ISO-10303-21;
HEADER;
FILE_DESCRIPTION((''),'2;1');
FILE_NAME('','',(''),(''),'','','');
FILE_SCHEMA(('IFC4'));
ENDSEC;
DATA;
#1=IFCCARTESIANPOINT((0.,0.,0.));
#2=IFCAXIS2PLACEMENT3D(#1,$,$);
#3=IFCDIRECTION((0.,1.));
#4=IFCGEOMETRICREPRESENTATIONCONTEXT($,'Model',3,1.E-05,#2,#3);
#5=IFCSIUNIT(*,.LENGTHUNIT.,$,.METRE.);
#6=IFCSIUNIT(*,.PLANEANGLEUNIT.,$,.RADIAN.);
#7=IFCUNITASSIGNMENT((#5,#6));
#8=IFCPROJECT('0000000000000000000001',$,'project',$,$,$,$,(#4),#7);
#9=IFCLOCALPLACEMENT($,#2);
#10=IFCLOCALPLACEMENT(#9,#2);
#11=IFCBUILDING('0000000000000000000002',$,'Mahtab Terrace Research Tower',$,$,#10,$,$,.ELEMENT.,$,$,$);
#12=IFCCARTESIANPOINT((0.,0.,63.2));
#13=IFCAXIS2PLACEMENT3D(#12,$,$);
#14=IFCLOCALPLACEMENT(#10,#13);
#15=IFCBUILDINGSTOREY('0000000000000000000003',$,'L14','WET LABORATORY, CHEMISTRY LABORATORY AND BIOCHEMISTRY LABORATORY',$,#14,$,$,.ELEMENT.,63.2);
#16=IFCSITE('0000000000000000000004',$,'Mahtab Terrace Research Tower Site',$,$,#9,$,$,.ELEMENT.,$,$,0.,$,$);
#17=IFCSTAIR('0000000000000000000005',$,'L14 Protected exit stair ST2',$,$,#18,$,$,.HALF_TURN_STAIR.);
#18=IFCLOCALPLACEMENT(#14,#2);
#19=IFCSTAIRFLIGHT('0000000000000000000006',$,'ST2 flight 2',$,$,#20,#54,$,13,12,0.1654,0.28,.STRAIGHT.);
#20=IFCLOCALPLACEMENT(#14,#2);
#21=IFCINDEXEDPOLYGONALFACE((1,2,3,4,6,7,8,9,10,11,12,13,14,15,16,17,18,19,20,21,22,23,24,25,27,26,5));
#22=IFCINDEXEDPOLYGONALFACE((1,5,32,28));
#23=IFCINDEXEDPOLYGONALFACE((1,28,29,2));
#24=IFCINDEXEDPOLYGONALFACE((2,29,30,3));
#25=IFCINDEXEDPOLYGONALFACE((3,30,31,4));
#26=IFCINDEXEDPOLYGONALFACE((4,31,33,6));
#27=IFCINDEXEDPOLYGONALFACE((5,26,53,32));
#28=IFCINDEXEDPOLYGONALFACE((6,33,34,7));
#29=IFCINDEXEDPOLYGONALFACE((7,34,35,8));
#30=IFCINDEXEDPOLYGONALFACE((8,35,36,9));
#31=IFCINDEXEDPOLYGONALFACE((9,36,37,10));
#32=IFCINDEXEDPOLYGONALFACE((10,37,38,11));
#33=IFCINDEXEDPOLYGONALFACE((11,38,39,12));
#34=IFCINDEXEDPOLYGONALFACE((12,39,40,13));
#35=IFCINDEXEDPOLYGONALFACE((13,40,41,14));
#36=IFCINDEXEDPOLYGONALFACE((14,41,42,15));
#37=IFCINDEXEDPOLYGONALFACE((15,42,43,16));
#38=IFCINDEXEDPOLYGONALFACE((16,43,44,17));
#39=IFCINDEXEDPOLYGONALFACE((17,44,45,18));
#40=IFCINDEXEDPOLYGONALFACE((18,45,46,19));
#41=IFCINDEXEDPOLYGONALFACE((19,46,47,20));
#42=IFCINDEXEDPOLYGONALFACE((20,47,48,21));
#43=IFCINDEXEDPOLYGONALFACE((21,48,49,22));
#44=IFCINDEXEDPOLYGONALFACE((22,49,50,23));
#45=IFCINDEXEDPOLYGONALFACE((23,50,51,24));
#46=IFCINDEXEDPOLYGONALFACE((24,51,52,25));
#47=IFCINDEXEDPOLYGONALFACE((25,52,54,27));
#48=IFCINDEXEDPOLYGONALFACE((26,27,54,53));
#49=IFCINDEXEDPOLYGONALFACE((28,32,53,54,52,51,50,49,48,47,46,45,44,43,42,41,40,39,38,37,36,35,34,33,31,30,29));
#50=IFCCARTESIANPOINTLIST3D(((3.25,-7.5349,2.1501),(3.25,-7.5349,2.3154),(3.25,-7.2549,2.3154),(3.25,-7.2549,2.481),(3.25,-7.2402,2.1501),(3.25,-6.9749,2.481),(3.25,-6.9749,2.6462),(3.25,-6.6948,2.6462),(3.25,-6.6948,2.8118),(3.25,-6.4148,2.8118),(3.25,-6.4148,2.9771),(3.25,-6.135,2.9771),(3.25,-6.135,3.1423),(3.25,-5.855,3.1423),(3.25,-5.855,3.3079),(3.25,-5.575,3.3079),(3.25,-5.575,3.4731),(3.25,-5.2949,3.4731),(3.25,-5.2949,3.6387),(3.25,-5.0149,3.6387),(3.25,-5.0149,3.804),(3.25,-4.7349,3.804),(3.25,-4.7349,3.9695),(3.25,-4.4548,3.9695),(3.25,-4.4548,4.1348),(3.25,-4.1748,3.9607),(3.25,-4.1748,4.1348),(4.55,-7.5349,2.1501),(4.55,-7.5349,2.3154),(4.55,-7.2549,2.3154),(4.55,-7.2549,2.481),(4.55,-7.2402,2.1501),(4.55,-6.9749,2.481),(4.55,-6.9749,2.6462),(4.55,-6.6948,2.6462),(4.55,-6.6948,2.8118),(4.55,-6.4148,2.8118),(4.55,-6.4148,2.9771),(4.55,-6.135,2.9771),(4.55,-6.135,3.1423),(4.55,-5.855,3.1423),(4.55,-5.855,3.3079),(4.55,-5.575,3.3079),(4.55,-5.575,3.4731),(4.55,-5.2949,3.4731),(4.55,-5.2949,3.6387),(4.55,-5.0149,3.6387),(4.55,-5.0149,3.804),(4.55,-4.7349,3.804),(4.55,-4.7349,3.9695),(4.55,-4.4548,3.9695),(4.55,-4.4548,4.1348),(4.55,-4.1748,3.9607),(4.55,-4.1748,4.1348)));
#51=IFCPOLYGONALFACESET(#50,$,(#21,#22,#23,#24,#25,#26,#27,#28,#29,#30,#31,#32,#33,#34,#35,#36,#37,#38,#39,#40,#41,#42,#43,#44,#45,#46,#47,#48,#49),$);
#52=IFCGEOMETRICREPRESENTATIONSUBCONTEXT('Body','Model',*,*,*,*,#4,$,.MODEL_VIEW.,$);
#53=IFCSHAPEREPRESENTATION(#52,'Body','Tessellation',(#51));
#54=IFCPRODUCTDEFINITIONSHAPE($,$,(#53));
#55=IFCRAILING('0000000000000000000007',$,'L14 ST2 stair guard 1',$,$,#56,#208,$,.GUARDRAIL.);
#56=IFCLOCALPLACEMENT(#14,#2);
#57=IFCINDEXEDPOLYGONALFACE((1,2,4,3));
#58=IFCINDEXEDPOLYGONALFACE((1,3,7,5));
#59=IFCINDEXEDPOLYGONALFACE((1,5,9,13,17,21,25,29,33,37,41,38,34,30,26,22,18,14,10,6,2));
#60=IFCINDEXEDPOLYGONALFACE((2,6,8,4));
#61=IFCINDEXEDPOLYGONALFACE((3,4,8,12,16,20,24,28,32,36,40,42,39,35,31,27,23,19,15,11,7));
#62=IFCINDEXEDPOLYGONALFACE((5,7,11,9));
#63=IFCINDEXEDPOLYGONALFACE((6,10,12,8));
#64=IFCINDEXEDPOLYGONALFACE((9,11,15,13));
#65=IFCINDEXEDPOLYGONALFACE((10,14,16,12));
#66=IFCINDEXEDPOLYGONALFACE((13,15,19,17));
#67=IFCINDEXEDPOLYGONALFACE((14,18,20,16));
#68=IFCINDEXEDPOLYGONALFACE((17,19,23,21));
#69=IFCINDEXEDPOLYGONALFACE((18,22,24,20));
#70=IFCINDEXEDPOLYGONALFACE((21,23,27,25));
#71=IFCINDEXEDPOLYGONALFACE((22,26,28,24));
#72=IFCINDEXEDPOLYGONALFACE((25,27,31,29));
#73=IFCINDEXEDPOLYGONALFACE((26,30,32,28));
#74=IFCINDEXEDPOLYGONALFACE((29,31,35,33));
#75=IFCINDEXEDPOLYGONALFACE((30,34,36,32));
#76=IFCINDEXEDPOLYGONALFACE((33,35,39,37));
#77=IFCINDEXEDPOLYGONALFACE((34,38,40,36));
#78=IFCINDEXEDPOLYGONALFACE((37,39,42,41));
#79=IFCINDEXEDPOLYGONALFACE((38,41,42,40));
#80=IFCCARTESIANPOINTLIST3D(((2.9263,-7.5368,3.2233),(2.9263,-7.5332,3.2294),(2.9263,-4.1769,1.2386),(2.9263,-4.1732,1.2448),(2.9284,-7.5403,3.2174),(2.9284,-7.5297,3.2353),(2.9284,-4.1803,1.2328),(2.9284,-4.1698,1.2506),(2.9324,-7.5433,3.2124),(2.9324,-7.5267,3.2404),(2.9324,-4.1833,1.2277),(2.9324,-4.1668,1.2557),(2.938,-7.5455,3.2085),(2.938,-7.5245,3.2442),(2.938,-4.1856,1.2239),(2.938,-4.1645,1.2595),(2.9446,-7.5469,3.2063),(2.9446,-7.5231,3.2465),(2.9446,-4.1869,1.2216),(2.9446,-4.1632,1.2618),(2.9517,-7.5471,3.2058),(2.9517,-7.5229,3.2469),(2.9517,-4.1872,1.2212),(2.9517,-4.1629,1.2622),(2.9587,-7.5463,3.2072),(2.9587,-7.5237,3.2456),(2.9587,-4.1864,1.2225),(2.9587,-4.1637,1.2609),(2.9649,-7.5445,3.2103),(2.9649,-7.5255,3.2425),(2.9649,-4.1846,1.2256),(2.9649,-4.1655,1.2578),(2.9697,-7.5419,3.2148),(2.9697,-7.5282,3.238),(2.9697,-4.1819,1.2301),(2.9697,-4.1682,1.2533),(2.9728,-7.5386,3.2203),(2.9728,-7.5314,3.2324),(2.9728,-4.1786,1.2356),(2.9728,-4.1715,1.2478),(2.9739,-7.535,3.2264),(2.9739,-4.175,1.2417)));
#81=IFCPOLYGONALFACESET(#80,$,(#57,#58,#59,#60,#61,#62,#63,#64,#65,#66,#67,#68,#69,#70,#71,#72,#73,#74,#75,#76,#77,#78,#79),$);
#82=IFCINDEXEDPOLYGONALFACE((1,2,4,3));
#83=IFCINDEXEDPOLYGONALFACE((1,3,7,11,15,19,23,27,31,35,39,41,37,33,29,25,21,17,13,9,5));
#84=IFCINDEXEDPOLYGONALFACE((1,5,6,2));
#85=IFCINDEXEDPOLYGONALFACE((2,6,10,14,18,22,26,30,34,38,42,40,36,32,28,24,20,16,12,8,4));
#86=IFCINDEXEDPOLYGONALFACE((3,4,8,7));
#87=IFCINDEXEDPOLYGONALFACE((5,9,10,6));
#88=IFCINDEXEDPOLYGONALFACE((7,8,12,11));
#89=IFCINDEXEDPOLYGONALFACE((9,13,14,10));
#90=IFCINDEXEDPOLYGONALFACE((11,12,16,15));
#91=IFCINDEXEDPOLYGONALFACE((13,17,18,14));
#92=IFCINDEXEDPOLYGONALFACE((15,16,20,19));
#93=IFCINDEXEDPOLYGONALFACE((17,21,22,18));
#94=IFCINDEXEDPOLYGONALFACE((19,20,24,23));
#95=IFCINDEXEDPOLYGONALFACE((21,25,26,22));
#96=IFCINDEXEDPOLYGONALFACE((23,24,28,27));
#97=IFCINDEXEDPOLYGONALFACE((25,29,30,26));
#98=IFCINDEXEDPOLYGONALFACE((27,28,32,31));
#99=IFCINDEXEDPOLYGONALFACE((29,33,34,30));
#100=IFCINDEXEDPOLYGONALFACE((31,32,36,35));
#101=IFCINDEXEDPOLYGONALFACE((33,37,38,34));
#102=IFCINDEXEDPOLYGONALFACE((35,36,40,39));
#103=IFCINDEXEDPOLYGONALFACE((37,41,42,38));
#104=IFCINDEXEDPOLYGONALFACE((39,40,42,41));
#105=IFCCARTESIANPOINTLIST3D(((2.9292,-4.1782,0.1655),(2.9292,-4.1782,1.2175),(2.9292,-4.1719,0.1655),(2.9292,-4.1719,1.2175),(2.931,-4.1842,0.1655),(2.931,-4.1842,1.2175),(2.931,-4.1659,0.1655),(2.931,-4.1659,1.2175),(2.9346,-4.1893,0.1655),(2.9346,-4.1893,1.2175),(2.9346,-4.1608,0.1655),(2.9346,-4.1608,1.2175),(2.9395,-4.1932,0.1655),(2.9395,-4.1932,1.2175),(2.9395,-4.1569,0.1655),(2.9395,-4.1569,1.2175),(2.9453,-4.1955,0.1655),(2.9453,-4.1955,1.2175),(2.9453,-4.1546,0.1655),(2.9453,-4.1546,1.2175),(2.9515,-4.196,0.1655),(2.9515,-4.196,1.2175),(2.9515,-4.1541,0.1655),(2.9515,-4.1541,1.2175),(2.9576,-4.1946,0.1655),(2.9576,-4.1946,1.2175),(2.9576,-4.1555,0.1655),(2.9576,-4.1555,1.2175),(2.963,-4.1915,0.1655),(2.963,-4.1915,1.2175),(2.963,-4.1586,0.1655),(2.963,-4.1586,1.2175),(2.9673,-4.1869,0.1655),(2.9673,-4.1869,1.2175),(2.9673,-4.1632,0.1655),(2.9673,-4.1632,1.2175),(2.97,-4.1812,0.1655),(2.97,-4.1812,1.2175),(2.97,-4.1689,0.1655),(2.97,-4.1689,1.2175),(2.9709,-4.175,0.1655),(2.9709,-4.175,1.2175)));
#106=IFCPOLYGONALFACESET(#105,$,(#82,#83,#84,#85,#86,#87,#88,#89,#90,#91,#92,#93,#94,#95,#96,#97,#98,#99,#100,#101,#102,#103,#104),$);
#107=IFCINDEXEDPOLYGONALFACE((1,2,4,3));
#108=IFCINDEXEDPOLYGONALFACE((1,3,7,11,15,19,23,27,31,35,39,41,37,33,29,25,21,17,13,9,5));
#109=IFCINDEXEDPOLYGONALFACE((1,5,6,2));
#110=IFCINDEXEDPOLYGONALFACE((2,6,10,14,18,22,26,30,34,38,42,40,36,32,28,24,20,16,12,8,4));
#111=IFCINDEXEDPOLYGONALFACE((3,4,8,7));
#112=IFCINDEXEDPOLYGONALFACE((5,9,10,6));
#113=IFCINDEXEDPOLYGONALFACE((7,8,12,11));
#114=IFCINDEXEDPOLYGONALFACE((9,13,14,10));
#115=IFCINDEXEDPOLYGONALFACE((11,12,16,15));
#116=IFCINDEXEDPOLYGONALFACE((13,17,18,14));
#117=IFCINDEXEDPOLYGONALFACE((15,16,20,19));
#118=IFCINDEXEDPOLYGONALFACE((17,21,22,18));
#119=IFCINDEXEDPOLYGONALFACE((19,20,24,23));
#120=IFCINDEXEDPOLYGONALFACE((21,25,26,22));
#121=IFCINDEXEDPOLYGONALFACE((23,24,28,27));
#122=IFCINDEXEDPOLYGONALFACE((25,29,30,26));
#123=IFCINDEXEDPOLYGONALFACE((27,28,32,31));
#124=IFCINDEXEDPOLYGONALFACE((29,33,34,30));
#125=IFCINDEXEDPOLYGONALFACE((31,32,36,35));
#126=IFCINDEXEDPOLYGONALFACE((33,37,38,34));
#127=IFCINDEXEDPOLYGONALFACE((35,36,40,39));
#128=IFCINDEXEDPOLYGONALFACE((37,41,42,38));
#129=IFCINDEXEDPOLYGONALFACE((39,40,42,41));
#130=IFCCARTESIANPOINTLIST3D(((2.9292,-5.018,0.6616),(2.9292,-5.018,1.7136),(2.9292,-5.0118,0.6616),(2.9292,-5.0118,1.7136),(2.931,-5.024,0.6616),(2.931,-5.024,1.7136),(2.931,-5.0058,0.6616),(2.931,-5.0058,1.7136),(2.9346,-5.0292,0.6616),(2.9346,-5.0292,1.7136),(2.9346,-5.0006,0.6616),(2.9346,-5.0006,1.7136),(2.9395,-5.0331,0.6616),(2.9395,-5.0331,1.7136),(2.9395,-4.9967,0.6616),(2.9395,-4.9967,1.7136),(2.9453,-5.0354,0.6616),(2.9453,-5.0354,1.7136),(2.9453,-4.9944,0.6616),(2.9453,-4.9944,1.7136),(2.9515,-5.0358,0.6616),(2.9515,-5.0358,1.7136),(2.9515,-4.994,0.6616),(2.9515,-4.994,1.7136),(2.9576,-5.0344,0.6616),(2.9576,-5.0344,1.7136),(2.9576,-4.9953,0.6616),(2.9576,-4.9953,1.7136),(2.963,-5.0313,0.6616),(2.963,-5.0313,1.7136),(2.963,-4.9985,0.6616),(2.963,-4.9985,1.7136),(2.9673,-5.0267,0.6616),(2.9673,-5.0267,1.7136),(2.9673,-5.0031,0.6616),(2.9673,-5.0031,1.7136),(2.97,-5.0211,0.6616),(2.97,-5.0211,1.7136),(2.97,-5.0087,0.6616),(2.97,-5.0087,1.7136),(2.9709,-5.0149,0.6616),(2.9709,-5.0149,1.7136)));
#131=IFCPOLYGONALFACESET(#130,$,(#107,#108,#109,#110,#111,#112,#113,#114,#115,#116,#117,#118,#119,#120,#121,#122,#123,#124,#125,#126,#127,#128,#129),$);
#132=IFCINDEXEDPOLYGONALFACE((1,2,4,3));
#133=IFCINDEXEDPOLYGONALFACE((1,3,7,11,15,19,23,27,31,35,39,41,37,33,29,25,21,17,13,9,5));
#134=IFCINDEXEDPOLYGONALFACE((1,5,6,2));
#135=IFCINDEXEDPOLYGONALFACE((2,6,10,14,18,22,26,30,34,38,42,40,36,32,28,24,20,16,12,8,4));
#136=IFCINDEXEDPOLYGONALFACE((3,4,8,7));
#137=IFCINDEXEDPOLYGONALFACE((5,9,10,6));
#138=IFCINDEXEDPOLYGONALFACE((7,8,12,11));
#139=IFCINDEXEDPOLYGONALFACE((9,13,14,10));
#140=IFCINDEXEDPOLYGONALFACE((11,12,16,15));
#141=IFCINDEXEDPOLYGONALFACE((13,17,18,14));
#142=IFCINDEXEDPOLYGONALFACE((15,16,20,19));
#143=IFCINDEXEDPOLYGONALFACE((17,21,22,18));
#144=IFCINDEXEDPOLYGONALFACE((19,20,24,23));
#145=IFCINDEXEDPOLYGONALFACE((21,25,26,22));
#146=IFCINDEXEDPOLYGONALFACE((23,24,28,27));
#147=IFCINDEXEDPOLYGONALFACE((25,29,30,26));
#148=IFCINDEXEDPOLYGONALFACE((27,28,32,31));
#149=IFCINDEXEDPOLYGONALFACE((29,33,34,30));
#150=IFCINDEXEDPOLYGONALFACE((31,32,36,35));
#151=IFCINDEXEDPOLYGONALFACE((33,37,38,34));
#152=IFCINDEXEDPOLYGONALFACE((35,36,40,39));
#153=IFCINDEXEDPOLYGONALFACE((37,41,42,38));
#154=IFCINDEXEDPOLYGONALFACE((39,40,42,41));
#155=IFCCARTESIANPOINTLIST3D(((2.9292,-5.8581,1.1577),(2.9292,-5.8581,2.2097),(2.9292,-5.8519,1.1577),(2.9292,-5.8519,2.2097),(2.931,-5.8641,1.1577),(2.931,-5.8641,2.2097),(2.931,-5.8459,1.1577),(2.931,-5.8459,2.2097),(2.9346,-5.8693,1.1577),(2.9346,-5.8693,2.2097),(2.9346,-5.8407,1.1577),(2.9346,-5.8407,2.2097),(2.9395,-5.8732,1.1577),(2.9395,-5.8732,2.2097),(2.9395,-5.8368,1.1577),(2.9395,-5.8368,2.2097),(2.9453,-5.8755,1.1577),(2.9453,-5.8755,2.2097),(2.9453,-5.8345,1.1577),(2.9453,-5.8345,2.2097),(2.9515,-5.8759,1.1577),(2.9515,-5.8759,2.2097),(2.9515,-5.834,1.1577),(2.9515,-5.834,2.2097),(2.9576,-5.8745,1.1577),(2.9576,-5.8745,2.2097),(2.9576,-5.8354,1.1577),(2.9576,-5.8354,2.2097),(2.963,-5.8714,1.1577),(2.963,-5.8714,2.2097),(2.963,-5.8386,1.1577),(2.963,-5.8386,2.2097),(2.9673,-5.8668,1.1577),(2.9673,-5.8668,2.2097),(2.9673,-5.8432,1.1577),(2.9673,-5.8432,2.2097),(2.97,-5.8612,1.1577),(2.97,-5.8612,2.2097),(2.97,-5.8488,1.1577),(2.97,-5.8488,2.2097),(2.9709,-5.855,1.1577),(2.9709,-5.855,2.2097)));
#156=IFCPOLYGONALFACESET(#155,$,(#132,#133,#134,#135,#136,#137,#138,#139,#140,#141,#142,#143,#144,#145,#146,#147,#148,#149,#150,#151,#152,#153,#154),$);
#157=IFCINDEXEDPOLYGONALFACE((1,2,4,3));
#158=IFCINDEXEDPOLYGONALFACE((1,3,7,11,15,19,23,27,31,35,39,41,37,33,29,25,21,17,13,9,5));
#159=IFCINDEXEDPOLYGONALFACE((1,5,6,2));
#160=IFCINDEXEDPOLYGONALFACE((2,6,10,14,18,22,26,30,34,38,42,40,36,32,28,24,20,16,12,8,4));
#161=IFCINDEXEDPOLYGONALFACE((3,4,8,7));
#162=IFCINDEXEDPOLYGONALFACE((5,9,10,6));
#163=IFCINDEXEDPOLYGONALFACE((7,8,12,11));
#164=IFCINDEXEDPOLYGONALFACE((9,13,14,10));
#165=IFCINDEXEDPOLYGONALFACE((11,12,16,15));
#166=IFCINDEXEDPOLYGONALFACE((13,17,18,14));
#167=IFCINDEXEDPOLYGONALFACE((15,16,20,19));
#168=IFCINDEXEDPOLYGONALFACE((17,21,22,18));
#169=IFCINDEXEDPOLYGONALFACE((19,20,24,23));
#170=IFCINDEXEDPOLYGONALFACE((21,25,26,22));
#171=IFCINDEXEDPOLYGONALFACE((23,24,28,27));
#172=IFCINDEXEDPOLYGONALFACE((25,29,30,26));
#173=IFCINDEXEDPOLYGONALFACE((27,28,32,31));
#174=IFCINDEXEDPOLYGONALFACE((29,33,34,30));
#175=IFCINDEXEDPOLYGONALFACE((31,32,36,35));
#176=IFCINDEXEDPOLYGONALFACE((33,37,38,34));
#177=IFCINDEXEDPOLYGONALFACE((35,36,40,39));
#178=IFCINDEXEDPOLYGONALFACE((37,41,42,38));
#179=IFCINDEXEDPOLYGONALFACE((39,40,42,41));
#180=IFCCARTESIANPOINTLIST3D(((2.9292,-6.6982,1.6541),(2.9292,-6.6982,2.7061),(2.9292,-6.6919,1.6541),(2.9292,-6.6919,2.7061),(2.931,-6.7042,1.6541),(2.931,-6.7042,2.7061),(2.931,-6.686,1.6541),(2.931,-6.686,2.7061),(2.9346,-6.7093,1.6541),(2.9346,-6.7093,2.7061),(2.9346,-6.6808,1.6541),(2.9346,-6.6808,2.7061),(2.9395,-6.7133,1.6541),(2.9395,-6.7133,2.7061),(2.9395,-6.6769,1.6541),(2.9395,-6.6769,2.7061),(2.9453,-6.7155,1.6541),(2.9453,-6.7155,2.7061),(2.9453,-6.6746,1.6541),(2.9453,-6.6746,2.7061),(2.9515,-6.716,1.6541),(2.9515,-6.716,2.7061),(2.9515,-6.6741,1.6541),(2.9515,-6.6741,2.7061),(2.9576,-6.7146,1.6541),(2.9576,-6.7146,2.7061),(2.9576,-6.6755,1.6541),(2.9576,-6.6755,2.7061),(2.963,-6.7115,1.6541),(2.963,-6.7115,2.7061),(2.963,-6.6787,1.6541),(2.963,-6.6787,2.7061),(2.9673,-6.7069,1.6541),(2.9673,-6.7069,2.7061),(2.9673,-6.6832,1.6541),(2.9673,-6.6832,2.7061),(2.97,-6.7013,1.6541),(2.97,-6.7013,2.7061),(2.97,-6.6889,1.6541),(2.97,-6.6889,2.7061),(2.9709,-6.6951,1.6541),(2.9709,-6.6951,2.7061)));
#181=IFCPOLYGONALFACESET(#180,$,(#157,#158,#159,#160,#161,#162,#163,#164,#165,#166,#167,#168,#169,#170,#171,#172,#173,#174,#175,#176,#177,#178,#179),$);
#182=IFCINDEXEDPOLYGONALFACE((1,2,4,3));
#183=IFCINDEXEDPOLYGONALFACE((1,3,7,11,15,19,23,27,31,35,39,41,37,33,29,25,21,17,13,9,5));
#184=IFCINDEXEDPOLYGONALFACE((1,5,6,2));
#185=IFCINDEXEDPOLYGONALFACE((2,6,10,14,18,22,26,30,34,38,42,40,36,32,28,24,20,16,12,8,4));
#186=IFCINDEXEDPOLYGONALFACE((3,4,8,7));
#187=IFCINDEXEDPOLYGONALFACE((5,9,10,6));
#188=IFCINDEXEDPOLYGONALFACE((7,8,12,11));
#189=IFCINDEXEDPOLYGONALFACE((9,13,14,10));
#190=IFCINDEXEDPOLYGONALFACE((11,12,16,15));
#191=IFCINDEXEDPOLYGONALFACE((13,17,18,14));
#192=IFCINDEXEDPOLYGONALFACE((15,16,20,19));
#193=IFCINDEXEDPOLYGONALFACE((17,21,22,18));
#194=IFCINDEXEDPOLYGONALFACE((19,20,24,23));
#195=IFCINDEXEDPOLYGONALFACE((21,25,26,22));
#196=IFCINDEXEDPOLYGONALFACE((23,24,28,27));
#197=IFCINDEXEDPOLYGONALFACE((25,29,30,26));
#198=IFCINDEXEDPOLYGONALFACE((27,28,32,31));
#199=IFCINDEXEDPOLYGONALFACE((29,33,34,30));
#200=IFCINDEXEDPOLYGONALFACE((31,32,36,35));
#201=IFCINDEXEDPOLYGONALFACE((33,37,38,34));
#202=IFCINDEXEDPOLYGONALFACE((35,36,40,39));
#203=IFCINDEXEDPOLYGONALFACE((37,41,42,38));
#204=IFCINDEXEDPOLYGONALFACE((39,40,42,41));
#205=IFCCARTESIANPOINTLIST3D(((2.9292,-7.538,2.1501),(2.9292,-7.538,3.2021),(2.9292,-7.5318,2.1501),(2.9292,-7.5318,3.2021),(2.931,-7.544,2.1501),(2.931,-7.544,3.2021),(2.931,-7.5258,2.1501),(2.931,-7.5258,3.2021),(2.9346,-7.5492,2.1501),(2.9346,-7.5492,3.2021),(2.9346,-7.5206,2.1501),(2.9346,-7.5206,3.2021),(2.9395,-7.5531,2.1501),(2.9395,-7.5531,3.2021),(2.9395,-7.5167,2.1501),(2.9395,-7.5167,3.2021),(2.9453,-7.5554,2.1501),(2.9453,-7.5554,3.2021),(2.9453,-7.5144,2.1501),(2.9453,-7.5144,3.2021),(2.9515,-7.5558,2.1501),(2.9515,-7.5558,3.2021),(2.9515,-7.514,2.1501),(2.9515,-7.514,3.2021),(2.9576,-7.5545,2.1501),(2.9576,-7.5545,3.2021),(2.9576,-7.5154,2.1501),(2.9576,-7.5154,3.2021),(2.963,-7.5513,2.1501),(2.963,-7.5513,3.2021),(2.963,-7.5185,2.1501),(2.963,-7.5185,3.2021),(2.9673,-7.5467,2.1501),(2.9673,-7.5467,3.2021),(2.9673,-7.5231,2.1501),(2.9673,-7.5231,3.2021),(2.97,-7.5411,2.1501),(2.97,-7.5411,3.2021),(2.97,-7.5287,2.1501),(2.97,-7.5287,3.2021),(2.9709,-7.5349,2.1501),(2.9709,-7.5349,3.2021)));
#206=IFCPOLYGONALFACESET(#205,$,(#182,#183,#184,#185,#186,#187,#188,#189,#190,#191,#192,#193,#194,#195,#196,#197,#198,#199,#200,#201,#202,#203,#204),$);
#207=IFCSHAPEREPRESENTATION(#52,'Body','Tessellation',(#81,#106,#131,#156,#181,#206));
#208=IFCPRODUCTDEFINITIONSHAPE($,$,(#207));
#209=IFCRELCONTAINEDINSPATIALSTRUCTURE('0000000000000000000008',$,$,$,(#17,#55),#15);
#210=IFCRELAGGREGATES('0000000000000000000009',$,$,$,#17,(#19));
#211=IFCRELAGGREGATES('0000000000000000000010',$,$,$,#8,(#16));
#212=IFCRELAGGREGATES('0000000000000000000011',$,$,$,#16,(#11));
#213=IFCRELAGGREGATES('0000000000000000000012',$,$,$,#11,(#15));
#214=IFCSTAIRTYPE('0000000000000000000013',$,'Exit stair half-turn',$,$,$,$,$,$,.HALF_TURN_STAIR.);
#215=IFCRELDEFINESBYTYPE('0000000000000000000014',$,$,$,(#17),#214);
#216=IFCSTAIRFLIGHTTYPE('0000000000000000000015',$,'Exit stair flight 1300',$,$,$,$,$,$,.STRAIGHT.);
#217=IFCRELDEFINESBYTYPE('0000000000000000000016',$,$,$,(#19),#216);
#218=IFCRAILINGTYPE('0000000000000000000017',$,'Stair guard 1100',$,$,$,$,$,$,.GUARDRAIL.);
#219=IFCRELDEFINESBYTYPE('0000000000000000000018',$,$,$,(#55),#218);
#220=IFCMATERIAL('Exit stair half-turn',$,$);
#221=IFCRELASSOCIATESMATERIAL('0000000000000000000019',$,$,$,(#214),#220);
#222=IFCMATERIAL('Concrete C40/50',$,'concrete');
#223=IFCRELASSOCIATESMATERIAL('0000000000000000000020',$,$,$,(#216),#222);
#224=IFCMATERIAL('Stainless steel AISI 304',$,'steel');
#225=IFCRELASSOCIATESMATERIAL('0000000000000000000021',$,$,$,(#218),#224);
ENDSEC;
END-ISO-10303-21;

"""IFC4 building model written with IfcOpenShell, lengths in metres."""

from ifc_helpers import new_model, si_unit, direction, frame, origin, origin_2d, place, context, subcontext, project, spatial, polyline, circle, outline, extrude, material, type_object, element, aggregate, save


model = new_model("IFC4")

# Units and contexts
model_context = context("Model", 3, precision=1e-05, world=origin(), true_north=direction((0.0, 1.0)))
body_context = subcontext(model_context, "Body", "Model", "MODEL_VIEW")
ifc_project = project(units=[si_unit("LENGTHUNIT", "METRE"), si_unit("PLANEANGLEUNIT", "RADIAN")], contexts=[model_context])

# Site, building, storey
site_placement = place(None, origin())
site = spatial("IfcSite", under=ifc_project, at=site_placement, Name="Mahtab Terrace Research Tower Site", CompositionType="ELEMENT", RefElevation=0.0)
building_placement = place(site_placement, origin())
building = spatial("IfcBuilding", under=site, at=building_placement, Name="Mahtab Terrace Research Tower", CompositionType="ELEMENT")
storey_placement = place(building_placement, frame((0.0, 0.0, 63.2)))
storey = spatial("IfcBuildingStorey", under=building, at=storey_placement, Name="L14", Description="WET LABORATORY, CHEMISTRY LABORATORY AND BIOCHEMISTRY LABORATORY", CompositionType="ELEMENT", Elevation=63.2)

# Stair, stair flight
ifc_material_1 = material(Name="Exit stair half-turn")
stair_type = type_object("IfcStairType", Name="Exit stair half-turn", PredefinedType="HALF_TURN_STAIR", material=ifc_material_1)
stair_placement = place(storey_placement, origin())
stair = element("IfcStair", 1, at=stair_placement, inside=storey, type_object=stair_type, Name="L14 Protected exit stair ST2", PredefinedType="HALF_TURN_STAIR")
ifc_material_2 = material(Name="Concrete C40/50", Category="concrete")
stair_flight_type = type_object("IfcStairFlightType", Name="Exit stair flight 1300", PredefinedType="STRAIGHT", material=ifc_material_2)
stair_flight_1_placement = place(storey_placement, frame((3.8999, -7.5349, 2.1501), z_axis=(0.0, 0.0, 1.0), x_axis=(0.0, 1.0, 0.0)))
stair_flight_1 = element("IfcStairFlight", 2, at=stair_flight_1_placement, type_object=stair_flight_type, Name="ST2 flight 2", NumberOfRisers=13, NumberOfTreads=12, PredefinedType="STRAIGHT", RiserHeight=0.1654, TreadLength=0.28, context=body_context, shape_type="SweptSolid", body=[
    extrude(outline(polyline([(0.0, 0.0), (0.0, 0.1653), (0.28, 0.1653), (0.28, 0.3308), (0.5601, 0.3308), (0.5601, 0.4961), (0.8401, 0.4961), (0.8401, 0.6616), (1.1201, 0.6616), (1.1201, 0.8269), (1.3999, 0.8269), (1.3999, 0.9922), (1.6799, 0.9922), (1.6799, 1.1577), (1.96, 1.1577), (1.96, 1.323), (2.24, 1.323), (2.24, 1.4885), (2.52, 1.4885), (2.52, 1.6538), (2.8, 1.6538), (2.8, 1.8193), (3.0801, 1.8193), (3.0801, 1.9846), (3.3601, 1.9846), (3.3601, 2.1499), (3.3601, 1.8105), (0.2947, 0.0), (0.0, 0.0)])), frame((0.0, 0.6499, 0.0), z_axis=(0.0, -1.0, 0.0), x_axis=(1.0, 0.0, 0.0)), (0.0, 0.0, 1.0), 1.3),
])
aggregate(stair, [stair_flight_1])

# Railing
ifc_material_3 = material(Name="Stainless steel AISI 304", Category="steel")
railing_type_1 = type_object("IfcRailingType", Name="Stair guard 1100", PredefinedType="GUARDRAIL", material=ifc_material_3)
railing_1_placement = place(storey_placement, frame((2.95, -4.175, 0.1655)))
element("IfcRailing", 3, at=railing_1_placement, inside=storey, type_object=railing_type_1, Name="L14 ST2 stair guard 1", PredefinedType="GUARDRAIL", context=body_context, shape_type="SweptSolid", body=[
    extrude(circle(Radius=0.0239, at=origin_2d()), frame((0.0, 0.0, 1.0762), z_axis=(0.0, -0.861011, 0.508586), x_axis=(1.0, 0.0, 0.0)), (0.0, 0.0, 1.0), 3.9023),
    extrude(circle(Radius=0.021, at=origin_2d()), origin(), (0.0, 0.0, 1.0), 1.052),
    extrude(circle(Radius=0.021, at=origin_2d()), frame((0.0, -0.8398, 0.4961)), (0.0, 0.0, 1.0), 1.052),
    extrude(circle(Radius=0.021, at=origin_2d()), frame((0.0, -1.6799, 0.9922)), (0.0, 0.0, 1.0), 1.052),
    extrude(circle(Radius=0.021, at=origin_2d()), frame((0.0, -2.52, 1.4885)), (0.0, 0.0, 1.0), 1.052),
    extrude(circle(Radius=0.021, at=origin_2d()), frame((0.0, -3.3599, 1.9846)), (0.0, 0.0, 1.0), 1.052),
])

save(model, "model.ifc")
